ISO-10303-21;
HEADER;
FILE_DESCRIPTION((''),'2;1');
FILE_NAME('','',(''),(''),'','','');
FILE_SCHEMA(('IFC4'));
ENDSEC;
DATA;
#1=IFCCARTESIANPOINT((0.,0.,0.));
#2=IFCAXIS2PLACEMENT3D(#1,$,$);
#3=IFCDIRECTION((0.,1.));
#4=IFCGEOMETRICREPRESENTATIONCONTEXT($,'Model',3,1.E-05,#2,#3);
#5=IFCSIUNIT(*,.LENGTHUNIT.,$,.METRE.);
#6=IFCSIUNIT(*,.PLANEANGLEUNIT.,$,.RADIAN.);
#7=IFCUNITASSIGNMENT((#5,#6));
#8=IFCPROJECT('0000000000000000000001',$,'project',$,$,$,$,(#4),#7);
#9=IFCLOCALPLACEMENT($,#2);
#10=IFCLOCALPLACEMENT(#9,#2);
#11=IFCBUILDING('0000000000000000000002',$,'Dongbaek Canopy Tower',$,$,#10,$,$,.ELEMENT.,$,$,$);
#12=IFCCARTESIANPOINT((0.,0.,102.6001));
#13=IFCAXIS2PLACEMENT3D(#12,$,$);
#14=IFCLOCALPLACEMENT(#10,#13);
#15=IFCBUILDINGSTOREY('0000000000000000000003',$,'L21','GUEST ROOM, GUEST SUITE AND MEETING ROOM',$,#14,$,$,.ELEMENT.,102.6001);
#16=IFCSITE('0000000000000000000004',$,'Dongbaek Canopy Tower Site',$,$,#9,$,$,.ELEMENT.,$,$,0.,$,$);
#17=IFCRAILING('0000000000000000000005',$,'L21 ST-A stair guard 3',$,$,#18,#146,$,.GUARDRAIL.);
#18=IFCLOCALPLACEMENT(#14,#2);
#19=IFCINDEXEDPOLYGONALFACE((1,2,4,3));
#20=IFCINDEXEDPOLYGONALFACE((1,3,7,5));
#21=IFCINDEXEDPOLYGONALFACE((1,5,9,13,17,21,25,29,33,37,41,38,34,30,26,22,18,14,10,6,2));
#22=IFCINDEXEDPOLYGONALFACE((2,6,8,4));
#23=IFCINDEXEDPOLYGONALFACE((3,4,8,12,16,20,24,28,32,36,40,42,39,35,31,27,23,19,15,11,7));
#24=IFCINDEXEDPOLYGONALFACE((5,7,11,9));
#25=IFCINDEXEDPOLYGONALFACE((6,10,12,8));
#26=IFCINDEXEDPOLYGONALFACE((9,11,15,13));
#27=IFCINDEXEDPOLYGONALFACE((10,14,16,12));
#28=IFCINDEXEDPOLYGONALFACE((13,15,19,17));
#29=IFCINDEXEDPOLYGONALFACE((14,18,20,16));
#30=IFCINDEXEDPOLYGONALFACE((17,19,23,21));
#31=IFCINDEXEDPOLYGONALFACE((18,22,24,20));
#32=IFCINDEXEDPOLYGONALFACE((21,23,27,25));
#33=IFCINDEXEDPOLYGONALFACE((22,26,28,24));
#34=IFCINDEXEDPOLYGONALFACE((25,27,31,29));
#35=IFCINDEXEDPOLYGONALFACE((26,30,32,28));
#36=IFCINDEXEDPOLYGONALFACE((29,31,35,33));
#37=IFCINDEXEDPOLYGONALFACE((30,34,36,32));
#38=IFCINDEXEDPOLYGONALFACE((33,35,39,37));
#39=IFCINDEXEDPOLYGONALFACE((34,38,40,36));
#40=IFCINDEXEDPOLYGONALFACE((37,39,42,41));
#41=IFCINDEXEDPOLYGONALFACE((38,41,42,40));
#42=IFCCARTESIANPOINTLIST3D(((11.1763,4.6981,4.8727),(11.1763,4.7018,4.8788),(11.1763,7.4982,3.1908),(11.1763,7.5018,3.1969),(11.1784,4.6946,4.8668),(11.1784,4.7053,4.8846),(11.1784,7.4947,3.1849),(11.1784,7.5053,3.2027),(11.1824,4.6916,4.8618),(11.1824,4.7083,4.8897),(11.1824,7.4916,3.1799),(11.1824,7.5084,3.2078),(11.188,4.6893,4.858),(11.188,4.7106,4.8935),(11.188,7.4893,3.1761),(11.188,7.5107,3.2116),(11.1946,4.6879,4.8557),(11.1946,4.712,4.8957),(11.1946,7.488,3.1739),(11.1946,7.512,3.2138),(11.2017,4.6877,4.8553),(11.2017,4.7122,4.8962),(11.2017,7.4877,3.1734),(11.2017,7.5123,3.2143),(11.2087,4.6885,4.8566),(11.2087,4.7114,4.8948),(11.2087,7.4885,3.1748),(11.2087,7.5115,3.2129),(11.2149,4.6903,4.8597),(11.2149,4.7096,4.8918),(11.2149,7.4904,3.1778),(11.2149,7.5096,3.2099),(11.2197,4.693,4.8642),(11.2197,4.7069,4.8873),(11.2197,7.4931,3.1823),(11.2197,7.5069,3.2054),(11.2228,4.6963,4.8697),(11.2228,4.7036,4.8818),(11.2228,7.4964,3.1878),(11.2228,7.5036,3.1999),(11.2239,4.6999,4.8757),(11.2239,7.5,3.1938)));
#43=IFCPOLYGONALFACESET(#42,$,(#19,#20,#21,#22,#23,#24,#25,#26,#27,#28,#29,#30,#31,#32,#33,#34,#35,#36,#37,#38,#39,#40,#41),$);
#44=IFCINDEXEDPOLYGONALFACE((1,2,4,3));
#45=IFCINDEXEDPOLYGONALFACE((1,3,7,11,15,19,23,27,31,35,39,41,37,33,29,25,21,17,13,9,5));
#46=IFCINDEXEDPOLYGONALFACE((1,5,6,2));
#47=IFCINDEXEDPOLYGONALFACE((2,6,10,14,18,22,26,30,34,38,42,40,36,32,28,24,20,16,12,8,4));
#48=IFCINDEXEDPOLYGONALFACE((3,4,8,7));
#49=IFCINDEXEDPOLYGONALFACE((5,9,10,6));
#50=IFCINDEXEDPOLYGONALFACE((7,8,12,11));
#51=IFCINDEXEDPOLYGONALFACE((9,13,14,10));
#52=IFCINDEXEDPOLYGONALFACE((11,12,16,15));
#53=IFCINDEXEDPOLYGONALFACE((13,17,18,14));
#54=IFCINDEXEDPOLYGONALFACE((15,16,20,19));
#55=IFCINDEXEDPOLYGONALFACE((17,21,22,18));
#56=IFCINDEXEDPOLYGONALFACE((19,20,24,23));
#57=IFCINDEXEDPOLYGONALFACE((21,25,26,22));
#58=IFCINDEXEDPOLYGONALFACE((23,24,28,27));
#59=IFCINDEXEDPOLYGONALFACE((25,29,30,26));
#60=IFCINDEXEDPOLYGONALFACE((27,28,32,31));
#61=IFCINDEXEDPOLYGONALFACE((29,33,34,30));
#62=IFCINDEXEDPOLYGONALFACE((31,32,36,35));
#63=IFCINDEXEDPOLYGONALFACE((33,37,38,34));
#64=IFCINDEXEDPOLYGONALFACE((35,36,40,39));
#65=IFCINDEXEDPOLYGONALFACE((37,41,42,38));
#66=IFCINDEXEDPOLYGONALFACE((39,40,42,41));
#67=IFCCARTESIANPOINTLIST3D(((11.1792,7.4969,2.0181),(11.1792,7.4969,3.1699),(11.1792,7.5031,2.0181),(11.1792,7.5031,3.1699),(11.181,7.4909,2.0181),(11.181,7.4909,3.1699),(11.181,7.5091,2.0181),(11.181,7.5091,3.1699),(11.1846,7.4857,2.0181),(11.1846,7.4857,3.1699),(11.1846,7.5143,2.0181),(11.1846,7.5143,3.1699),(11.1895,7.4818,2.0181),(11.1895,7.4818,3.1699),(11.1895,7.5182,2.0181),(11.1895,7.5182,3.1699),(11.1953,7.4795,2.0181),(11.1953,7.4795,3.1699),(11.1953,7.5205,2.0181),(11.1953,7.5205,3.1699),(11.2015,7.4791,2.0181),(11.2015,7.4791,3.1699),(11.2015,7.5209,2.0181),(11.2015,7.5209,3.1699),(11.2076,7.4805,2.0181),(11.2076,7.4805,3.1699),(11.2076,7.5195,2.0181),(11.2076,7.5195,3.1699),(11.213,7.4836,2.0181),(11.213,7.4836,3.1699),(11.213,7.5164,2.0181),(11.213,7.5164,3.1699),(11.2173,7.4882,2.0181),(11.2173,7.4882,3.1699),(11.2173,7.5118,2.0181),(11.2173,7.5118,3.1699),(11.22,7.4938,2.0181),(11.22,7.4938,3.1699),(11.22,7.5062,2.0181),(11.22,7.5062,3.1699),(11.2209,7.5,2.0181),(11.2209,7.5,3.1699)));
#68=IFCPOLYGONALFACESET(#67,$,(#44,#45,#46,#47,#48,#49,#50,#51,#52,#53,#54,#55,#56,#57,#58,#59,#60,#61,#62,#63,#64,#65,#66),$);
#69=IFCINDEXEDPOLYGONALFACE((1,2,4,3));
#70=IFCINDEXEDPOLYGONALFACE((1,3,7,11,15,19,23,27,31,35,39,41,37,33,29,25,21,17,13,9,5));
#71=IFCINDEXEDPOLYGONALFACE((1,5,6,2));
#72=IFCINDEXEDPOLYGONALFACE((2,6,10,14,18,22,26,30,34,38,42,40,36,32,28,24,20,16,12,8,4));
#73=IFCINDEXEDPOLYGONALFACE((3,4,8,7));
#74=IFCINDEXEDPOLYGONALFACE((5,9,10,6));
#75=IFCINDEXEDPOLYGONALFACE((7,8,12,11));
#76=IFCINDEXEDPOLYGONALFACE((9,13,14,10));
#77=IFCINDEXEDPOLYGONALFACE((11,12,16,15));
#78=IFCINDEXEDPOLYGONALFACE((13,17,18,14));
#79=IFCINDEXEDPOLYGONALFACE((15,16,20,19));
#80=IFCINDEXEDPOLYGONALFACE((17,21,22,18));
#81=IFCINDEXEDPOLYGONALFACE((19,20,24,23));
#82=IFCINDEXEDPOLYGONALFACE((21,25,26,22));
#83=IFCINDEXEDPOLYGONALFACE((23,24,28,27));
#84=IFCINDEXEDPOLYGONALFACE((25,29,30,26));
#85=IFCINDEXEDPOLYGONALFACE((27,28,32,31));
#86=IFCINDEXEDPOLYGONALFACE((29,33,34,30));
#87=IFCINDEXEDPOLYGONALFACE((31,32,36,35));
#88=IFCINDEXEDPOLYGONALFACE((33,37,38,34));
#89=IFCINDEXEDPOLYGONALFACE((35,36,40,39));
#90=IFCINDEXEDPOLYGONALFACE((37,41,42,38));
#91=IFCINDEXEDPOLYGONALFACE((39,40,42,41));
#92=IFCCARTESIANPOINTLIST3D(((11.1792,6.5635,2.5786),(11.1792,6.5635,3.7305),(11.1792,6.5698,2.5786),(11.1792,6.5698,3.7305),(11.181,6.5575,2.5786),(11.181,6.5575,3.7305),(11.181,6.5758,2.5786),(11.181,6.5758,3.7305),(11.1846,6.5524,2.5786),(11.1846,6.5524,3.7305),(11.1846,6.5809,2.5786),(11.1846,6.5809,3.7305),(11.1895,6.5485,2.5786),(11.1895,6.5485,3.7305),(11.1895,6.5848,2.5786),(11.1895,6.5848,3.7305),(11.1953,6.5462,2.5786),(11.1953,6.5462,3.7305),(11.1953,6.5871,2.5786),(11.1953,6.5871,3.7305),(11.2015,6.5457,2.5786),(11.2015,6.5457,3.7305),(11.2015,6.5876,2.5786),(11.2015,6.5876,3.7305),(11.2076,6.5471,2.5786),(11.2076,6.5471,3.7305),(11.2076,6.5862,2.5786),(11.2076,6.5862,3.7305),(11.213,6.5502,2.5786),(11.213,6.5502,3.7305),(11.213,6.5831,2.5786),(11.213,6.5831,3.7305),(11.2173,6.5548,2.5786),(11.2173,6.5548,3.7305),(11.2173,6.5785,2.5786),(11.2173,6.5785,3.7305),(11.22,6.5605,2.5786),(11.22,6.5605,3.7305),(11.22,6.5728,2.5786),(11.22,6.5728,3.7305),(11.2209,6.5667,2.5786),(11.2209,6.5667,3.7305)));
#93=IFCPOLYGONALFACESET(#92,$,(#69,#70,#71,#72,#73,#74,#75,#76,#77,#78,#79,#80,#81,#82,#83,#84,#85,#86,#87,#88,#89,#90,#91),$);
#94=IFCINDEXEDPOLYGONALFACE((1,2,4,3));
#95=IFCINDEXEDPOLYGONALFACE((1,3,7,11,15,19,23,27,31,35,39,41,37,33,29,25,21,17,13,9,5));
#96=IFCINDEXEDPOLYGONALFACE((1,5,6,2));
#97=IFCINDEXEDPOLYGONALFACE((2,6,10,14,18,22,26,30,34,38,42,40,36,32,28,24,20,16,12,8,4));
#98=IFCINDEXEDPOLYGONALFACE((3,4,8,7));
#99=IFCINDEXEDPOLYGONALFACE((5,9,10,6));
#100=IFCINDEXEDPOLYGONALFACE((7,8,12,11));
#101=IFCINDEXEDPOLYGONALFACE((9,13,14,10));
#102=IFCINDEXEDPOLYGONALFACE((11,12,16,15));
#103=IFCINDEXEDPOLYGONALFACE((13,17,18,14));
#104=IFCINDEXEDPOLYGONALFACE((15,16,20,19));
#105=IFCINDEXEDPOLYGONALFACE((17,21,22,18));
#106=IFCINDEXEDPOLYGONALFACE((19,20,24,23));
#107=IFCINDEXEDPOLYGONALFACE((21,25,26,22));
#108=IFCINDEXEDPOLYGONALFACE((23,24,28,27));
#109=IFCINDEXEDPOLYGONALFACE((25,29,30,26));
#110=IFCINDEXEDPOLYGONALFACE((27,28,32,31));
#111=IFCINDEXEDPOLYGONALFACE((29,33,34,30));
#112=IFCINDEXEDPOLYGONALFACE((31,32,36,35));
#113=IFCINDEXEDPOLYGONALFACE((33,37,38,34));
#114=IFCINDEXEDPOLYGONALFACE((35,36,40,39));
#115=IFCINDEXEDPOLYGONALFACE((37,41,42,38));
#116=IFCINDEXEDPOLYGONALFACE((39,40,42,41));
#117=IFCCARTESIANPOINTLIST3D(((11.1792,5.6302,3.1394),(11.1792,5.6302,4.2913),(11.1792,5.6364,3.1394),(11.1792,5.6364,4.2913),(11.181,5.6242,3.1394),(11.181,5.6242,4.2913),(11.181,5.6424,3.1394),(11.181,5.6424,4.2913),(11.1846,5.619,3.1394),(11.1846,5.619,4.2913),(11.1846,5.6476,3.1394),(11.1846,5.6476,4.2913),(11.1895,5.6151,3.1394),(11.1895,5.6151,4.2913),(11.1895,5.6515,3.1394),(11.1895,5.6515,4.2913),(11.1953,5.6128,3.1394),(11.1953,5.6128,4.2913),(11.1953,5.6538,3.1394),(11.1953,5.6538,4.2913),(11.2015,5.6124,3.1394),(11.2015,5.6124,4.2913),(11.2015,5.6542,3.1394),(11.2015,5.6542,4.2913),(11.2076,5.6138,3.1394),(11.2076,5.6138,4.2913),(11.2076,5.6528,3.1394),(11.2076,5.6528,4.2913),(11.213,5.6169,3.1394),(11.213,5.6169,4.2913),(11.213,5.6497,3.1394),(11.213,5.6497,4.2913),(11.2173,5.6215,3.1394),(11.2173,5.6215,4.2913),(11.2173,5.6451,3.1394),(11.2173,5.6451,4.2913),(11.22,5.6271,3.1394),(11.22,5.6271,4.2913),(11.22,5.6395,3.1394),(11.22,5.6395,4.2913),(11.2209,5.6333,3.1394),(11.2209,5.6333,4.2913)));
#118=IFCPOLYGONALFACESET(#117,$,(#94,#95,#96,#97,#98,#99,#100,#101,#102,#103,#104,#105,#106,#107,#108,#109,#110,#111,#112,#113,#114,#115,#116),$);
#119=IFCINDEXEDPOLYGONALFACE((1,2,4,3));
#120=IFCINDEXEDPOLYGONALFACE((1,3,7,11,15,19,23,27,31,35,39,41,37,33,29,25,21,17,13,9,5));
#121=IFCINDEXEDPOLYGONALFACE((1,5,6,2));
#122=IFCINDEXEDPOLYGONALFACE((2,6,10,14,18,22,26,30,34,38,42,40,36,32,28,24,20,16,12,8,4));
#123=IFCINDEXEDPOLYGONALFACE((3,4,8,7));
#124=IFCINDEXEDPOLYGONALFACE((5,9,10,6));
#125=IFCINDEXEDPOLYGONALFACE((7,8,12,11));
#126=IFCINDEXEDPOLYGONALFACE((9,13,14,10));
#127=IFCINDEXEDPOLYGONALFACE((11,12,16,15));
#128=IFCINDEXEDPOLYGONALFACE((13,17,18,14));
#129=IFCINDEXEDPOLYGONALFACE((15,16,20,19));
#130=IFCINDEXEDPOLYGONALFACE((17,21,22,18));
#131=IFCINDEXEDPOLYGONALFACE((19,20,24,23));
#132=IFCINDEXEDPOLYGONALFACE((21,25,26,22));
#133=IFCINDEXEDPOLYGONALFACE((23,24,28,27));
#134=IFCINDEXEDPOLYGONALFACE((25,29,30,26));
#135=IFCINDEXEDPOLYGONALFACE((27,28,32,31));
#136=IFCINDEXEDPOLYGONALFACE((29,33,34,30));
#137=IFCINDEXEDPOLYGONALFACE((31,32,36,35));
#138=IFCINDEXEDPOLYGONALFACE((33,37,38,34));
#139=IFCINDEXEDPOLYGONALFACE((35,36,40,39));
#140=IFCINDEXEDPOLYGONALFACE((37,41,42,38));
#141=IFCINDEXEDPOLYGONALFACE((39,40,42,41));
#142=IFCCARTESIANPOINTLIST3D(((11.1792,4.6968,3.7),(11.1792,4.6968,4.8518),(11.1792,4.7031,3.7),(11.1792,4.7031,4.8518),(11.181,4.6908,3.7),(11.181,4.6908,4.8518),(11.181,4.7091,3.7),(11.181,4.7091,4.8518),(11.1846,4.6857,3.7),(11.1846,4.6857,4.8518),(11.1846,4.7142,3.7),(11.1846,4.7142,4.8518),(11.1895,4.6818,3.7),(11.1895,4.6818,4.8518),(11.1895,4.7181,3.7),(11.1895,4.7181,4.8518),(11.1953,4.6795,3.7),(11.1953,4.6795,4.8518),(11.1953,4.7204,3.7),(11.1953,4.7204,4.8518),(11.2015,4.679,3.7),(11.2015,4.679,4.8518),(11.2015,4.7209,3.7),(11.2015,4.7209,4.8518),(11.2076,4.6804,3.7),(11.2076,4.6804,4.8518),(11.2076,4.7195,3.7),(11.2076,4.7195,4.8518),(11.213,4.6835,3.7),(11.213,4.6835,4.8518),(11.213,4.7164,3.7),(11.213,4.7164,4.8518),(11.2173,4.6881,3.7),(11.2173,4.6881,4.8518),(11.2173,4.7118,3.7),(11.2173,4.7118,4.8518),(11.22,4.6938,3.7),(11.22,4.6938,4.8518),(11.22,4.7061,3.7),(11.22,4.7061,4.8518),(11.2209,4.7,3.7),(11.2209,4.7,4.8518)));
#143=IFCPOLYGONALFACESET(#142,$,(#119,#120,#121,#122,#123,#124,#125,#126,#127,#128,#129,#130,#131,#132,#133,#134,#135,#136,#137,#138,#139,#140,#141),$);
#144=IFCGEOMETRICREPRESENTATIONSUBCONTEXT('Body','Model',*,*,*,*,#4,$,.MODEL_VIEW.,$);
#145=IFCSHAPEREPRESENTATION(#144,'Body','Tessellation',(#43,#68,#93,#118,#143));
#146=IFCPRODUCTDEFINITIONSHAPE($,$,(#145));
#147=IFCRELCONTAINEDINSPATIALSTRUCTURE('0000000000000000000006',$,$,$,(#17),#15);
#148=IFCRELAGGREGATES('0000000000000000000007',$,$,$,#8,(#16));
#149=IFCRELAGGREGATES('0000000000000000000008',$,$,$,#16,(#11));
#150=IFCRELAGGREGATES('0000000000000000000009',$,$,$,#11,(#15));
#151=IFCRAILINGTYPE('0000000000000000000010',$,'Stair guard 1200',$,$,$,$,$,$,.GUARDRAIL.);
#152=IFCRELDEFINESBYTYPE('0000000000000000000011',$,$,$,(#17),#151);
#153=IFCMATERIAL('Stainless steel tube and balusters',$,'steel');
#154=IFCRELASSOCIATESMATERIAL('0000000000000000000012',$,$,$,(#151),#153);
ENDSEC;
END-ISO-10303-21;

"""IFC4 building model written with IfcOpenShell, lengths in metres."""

from ifc_helpers import new_model, si_unit, direction, frame, origin, origin_2d, place, context, subcontext, project, spatial, circle, extrude, material, type_object, element, save


model = new_model("IFC4")

# Units and contexts
model_context = context("Model", 3, precision=1e-05, world=origin(), true_north=direction((0.0, 1.0)))
body_context = subcontext(model_context, "Body", "Model", "MODEL_VIEW")
ifc_project = project(units=[si_unit("LENGTHUNIT", "METRE"), si_unit("PLANEANGLEUNIT", "RADIAN")], contexts=[model_context])

# Site, building, storey
site_placement = place(None, origin())
site = spatial("IfcSite", under=ifc_project, at=site_placement, Name="Dongbaek Canopy Tower Site", CompositionType="ELEMENT", RefElevation=0.0)
building_placement = place(site_placement, origin())
building = spatial("IfcBuilding", under=site, at=building_placement, Name="Dongbaek Canopy Tower", CompositionType="ELEMENT")
storey_placement = place(building_placement, frame((0.0, 0.0, 102.6001)))
storey = spatial("IfcBuildingStorey", under=building, at=storey_placement, Name="L21", Description="GUEST ROOM, GUEST SUITE AND MEETING ROOM", CompositionType="ELEMENT", Elevation=102.6001)

# Railing
ifc_material_1 = material(Name="Stainless steel tube and balusters", Category="steel")
railing_type_1 = type_object("IfcRailingType", Name="Stair guard 1200", PredefinedType="GUARDRAIL", material=ifc_material_1)
railing_1_placement = place(storey_placement, frame((11.2, 7.5, 2.0181)))
element("IfcRailing", 1, at=railing_1_placement, inside=storey, type_object=railing_type_1, Name="L21 ST-A stair guard 3", PredefinedType="GUARDRAIL", context=body_context, shape_type="SweptSolid", body=[
    extrude(circle(Radius=0.0239, at=origin_2d()), frame((0.0, 0.0, 1.1758), z_axis=(0.0, -0.857242, 0.514913), x_axis=(1.0, 0.0, 0.0)), (0.0, 0.0, 1.0), 3.2664),
    extrude(circle(Radius=0.021, at=origin_2d()), origin(), (0.0, 0.0, 1.0), 1.1519),
    extrude(circle(Radius=0.021, at=origin_2d()), frame((0.0, -0.9333, 0.5605)), (0.0, 0.0, 1.0), 1.1519),
    extrude(circle(Radius=0.021, at=origin_2d()), frame((0.0, -1.8667, 1.1213)), (0.0, 0.0, 1.0), 1.1519),
    extrude(circle(Radius=0.021, at=origin_2d()), frame((0.0, -2.8, 1.6819)), (0.0, 0.0, 1.0), 1.1519),
])

save(model, "model.ifc")
